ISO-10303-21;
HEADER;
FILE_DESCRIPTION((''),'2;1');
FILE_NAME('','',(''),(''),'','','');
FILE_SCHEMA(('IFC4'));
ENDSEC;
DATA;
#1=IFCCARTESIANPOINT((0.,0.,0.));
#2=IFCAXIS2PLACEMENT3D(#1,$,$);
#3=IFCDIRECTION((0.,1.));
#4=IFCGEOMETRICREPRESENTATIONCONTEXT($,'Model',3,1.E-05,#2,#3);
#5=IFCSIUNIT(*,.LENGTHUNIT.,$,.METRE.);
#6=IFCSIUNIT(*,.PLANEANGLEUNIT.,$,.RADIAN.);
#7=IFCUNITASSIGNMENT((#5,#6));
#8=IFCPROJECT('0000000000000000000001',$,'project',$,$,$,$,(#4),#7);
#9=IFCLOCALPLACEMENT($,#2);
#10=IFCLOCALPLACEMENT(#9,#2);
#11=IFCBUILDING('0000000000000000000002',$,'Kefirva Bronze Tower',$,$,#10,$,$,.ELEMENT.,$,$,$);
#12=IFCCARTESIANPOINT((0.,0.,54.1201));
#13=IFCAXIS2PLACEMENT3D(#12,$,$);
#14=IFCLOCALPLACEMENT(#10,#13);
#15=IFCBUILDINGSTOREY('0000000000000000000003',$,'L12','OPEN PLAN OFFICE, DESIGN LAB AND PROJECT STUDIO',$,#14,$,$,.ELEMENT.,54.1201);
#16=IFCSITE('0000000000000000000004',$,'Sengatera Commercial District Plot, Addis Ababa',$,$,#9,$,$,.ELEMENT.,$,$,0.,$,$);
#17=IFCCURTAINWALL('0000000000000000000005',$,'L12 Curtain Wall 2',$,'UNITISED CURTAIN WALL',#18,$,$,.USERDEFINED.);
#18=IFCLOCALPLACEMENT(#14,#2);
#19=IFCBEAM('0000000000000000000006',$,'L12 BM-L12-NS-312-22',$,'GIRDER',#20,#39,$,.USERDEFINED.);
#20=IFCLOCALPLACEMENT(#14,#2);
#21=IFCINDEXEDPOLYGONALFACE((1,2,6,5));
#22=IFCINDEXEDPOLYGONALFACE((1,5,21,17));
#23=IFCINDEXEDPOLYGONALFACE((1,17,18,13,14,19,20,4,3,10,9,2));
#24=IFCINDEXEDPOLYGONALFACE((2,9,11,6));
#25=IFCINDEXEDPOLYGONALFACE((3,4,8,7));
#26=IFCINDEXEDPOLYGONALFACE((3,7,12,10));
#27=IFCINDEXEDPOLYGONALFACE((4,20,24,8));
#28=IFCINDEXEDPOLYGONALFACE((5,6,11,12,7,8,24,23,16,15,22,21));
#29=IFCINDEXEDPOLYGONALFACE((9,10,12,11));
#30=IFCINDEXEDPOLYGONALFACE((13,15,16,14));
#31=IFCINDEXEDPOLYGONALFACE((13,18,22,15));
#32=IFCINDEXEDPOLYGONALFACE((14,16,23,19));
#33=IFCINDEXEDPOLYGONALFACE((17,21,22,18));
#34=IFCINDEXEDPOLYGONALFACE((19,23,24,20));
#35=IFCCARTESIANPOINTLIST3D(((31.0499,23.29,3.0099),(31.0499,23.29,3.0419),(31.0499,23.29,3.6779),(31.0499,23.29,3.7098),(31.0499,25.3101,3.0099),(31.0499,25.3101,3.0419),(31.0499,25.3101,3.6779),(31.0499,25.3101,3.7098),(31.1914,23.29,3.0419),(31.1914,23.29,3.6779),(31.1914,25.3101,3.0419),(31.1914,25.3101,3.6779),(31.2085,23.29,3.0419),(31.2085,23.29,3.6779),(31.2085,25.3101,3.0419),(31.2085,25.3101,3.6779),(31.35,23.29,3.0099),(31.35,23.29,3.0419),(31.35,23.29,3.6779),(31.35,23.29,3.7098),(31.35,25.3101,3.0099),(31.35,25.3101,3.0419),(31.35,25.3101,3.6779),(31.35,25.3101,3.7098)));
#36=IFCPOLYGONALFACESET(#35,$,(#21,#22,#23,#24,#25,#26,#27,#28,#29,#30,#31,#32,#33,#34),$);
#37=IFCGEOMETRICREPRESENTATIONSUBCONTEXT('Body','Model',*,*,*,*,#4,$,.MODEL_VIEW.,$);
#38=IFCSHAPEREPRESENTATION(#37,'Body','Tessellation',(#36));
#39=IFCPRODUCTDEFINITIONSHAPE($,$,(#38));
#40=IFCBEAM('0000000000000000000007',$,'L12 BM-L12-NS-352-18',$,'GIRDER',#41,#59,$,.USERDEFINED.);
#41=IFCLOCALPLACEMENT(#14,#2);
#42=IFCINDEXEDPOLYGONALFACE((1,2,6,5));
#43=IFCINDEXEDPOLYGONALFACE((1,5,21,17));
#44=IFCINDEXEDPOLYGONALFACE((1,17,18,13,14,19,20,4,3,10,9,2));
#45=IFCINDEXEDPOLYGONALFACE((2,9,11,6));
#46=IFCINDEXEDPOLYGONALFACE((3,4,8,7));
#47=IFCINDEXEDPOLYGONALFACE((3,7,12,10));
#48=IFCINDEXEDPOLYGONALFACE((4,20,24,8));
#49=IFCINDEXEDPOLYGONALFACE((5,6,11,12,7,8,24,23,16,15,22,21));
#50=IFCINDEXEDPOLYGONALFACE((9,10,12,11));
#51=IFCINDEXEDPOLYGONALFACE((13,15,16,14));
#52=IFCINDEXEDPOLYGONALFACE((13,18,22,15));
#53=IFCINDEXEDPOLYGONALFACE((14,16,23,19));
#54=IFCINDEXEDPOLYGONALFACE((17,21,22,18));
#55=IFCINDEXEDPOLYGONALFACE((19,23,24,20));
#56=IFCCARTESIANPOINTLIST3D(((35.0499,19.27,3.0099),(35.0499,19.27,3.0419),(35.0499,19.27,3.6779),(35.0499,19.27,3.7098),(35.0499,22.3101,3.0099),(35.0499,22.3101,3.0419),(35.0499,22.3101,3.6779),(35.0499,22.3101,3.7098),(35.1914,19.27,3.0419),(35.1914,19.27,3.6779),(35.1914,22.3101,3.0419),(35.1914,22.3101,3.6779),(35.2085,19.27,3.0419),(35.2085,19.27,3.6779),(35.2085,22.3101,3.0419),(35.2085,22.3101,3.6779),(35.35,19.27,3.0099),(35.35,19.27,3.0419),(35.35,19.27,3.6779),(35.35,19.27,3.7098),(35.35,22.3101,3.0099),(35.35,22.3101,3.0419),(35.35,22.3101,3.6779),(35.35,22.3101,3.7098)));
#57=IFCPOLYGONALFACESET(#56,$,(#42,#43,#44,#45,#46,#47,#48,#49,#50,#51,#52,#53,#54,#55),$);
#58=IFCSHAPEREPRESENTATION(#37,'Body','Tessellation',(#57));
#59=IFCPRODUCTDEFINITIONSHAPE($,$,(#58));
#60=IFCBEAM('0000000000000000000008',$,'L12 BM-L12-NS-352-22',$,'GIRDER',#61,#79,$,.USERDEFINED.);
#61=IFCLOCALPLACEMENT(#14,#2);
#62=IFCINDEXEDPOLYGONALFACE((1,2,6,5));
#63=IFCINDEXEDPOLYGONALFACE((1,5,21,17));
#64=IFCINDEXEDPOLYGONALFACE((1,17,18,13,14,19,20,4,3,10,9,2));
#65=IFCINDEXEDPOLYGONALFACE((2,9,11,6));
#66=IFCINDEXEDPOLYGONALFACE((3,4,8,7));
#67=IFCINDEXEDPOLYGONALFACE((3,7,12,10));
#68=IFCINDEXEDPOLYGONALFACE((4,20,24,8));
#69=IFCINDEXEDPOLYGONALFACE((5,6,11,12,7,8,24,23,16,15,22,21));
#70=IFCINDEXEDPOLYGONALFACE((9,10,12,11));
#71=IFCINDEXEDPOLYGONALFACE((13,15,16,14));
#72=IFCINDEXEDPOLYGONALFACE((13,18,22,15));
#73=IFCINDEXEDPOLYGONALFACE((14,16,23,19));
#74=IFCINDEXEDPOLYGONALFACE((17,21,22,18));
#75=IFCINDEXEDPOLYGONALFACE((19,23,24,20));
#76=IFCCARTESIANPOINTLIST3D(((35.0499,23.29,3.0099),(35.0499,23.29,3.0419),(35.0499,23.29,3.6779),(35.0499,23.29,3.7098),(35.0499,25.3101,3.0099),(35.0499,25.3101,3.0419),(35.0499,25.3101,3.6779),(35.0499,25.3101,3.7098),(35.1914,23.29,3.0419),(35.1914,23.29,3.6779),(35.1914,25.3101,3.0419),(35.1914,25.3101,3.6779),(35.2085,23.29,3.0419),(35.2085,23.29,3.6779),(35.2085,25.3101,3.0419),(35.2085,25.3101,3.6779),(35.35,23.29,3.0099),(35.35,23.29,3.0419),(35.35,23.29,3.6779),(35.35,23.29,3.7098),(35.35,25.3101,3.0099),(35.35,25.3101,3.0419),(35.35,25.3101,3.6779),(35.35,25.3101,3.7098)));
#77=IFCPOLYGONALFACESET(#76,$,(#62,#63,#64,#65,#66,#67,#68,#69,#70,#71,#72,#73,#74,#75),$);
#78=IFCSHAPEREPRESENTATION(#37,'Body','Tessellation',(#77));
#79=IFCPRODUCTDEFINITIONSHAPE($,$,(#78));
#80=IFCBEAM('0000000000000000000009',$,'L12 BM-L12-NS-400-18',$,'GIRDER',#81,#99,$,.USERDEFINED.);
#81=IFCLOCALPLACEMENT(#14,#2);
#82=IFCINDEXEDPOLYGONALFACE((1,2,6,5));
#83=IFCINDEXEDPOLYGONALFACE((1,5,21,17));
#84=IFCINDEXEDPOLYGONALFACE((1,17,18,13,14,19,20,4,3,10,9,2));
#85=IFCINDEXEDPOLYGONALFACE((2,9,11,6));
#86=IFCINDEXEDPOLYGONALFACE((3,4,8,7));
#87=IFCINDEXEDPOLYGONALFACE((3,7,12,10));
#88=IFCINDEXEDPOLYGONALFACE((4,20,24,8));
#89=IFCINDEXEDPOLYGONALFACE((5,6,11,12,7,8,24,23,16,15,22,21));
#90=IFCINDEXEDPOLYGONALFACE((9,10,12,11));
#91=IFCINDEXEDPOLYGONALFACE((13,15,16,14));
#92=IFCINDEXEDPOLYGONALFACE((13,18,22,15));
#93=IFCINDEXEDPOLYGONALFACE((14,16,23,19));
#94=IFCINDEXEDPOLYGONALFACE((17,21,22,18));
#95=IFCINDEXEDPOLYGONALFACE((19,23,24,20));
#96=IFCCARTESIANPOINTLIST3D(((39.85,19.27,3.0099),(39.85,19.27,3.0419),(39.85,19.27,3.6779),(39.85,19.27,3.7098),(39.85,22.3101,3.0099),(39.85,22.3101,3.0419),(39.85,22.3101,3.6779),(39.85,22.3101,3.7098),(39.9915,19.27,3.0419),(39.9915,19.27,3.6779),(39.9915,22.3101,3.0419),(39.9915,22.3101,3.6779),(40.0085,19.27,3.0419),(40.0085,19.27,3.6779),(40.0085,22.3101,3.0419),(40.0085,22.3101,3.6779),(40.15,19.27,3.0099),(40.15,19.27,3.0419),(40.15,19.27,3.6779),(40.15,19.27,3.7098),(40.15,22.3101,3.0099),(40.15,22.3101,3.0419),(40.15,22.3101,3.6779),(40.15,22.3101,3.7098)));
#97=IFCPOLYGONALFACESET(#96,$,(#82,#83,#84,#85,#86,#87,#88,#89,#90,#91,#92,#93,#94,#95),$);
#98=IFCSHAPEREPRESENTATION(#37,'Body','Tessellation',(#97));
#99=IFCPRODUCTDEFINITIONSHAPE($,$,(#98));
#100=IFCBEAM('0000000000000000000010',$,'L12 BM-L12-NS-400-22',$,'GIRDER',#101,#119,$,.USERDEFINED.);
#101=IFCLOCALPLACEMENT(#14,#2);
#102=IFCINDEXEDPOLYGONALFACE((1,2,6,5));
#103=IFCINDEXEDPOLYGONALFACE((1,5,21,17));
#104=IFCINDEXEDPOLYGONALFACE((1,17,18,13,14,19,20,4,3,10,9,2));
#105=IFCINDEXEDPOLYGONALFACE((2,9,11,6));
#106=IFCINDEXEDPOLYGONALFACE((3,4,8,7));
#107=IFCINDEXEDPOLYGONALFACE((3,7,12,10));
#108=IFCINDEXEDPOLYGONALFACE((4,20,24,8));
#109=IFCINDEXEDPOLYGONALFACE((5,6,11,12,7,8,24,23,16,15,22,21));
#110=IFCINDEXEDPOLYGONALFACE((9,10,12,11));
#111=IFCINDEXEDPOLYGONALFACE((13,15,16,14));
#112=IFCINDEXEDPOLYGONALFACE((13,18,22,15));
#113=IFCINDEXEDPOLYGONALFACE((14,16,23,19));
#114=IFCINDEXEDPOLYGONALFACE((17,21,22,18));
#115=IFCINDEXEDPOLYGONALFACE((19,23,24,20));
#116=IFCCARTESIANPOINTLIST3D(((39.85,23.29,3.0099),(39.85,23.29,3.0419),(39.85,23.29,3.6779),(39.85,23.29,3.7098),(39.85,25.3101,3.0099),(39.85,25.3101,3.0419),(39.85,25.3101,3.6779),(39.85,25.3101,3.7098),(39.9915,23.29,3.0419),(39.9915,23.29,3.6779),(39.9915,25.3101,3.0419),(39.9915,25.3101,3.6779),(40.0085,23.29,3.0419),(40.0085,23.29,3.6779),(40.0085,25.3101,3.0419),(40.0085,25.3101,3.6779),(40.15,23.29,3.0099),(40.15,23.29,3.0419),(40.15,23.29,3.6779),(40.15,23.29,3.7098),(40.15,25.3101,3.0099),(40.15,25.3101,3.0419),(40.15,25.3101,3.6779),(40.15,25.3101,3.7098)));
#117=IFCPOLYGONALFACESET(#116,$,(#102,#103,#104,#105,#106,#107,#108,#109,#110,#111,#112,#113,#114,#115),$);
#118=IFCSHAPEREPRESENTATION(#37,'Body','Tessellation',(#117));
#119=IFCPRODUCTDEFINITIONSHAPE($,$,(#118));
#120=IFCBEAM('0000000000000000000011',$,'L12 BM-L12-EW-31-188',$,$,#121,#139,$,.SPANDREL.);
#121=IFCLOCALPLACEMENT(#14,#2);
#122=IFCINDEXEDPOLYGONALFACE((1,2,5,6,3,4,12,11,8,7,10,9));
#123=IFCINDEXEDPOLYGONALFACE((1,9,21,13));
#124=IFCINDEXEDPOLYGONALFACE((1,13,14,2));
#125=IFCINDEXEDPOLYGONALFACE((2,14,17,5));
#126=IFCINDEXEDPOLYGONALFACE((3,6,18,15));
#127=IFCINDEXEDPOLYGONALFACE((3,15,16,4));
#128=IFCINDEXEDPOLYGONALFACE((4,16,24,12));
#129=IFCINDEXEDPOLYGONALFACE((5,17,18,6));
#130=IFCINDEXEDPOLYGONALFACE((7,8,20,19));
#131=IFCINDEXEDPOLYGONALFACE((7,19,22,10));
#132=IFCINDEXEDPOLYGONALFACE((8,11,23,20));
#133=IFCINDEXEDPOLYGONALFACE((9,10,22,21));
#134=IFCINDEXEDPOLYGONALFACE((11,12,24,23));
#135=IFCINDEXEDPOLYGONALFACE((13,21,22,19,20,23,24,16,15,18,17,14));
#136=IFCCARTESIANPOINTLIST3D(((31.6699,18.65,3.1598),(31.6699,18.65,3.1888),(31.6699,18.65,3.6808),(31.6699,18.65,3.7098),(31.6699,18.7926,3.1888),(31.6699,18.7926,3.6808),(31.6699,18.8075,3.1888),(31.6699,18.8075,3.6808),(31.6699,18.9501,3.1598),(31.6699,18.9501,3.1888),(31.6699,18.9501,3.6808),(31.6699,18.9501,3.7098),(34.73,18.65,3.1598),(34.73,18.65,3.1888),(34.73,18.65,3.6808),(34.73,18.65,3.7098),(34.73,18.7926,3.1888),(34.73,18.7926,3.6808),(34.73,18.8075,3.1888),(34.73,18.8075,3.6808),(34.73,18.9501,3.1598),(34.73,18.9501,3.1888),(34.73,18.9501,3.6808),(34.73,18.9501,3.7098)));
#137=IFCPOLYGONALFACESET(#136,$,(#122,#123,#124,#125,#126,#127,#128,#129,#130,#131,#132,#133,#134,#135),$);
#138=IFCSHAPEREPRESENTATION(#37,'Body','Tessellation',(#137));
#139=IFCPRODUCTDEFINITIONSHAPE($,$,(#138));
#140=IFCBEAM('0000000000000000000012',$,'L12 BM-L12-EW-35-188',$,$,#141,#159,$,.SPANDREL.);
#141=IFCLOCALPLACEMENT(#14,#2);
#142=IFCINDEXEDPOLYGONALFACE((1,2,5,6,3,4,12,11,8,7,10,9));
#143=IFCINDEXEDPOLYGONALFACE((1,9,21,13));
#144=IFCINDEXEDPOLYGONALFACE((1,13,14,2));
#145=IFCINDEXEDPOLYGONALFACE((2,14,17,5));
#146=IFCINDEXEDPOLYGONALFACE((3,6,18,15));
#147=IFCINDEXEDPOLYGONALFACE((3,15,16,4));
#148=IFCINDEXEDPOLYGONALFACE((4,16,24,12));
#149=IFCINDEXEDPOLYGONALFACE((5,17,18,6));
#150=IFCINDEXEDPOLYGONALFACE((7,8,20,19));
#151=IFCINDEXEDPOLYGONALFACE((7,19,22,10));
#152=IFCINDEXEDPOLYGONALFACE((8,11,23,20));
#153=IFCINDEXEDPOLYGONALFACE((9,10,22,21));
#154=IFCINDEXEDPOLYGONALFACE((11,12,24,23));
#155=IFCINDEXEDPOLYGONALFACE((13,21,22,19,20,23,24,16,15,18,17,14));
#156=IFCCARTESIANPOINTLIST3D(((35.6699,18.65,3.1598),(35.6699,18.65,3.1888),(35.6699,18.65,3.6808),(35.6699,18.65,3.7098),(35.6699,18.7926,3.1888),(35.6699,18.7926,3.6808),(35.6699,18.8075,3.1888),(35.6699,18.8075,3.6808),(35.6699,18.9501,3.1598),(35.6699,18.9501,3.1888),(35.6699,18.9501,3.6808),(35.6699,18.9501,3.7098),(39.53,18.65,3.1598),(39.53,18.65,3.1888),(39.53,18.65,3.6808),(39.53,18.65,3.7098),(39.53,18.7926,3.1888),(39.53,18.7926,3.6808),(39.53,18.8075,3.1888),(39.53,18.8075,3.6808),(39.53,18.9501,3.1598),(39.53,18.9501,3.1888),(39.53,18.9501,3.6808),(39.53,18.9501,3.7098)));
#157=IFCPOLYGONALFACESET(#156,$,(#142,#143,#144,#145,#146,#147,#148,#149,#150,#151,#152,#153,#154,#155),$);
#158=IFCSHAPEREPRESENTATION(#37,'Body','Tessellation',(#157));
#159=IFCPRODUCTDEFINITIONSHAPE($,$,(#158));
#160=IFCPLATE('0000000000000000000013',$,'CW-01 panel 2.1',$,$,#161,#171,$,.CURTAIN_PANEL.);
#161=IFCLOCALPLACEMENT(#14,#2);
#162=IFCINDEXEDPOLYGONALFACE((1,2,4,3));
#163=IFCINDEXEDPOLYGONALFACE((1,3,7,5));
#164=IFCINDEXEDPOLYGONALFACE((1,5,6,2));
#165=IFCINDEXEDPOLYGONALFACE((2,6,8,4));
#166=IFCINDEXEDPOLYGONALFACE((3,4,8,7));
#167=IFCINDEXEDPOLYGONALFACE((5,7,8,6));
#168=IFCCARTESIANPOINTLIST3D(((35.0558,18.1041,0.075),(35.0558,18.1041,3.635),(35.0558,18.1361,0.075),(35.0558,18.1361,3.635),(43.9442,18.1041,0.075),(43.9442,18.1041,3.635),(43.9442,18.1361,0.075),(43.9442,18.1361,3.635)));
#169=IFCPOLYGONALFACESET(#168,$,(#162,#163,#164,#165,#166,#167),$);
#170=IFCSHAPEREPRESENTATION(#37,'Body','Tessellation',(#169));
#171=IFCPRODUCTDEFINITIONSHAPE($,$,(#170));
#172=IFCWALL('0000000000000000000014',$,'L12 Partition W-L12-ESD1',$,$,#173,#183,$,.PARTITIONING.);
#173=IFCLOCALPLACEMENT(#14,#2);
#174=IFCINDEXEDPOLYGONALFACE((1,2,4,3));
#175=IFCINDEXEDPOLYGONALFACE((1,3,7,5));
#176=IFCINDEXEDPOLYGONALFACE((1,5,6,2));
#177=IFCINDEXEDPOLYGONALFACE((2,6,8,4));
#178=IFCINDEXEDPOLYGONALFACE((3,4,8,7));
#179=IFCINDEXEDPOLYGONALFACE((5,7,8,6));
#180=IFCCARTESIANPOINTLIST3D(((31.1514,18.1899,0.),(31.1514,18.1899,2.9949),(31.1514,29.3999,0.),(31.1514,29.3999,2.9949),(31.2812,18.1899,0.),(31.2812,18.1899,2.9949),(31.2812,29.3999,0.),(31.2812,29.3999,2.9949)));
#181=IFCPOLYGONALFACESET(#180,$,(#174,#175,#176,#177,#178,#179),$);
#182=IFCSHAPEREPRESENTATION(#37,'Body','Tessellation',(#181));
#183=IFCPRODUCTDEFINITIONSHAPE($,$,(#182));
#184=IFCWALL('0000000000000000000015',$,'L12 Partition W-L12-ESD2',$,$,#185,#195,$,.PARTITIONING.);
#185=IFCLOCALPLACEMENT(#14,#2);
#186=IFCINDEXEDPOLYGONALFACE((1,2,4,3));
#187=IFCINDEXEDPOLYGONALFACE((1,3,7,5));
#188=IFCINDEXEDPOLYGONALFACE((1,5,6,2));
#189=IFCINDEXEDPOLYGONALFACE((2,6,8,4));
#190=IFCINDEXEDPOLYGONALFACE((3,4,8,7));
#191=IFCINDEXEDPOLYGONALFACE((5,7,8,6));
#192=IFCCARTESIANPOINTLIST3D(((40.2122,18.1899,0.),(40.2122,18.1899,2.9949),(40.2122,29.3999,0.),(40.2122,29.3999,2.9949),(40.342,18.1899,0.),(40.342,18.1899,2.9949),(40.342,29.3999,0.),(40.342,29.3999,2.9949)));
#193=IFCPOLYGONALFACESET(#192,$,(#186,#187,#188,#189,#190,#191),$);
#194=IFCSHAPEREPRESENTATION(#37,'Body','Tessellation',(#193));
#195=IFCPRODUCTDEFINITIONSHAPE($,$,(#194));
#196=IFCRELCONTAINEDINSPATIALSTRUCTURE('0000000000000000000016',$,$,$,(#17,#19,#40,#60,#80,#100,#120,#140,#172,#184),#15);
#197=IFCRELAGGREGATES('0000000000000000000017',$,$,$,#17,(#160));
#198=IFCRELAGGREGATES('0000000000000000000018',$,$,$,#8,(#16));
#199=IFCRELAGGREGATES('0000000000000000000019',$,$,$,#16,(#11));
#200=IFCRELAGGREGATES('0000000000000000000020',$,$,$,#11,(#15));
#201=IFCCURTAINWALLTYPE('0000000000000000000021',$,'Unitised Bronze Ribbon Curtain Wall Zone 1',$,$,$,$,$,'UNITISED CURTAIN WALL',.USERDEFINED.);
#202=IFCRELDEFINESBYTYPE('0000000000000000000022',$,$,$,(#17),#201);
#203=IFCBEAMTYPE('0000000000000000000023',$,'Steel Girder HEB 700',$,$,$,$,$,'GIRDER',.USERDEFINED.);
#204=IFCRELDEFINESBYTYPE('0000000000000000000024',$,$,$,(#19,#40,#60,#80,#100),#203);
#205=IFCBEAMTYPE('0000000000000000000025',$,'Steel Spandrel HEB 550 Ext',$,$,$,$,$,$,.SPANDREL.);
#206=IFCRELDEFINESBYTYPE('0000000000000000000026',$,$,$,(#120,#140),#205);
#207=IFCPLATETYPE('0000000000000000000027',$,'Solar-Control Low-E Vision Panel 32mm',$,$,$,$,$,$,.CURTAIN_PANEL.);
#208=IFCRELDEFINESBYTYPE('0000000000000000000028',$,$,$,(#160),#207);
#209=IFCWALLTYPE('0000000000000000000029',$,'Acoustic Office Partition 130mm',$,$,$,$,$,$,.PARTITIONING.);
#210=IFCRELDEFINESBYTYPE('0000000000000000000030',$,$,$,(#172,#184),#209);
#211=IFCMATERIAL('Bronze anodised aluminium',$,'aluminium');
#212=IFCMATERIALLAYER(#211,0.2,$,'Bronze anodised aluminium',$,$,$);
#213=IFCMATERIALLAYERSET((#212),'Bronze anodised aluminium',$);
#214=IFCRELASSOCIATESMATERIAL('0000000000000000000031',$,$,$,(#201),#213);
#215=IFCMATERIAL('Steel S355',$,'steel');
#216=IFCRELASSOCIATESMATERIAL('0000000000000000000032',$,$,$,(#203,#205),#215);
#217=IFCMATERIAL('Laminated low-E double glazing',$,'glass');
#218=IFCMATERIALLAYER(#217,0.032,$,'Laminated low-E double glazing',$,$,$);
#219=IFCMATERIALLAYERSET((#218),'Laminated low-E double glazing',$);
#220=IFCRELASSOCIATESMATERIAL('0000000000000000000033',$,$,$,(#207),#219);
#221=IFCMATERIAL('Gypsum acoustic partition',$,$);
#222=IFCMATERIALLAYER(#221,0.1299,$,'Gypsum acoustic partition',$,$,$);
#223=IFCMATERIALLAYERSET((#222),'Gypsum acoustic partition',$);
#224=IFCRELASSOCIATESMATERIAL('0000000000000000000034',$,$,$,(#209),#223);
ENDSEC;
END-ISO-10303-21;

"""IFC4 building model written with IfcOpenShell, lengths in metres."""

from ifc_helpers import new_model, si_unit, direction, frame, frame_2d, origin, origin_2d, place, context, subcontext, project, spatial, rectangle, i_section, extrude, material, layer, layer_set, material_profile, profile_set, type_object, element, aggregate, save


model = new_model("IFC4")

# Units and contexts
model_context = context("Model", 3, precision=1e-05, world=origin(), true_north=direction((0.0, 1.0)))
body_context = subcontext(model_context, "Body", "Model", "MODEL_VIEW")
ifc_project = project(units=[si_unit("LENGTHUNIT", "METRE"), si_unit("PLANEANGLEUNIT", "RADIAN")], contexts=[model_context])

# Site, building, storey
site_placement = place(None, origin())
site = spatial("IfcSite", under=ifc_project, at=site_placement, Name="Sengatera Commercial District Plot, Addis Ababa", CompositionType="ELEMENT", RefElevation=0.0)
building_placement = place(site_placement, origin())
building = spatial("IfcBuilding", under=site, at=building_placement, Name="Kefirva Bronze Tower", CompositionType="ELEMENT")
storey_placement = place(building_placement, frame((0.0, 0.0, 54.1201)))
storey = spatial("IfcBuildingStorey", under=building, at=storey_placement, Name="L12", Description="OPEN PLAN OFFICE, DESIGN LAB AND PROJECT STUDIO", CompositionType="ELEMENT", Elevation=54.1201)

# Curtain wall
ifc_material_1 = material(Name="Bronze anodised aluminium", Category="aluminium")
ifc_layer_1 = layer(ifc_material_1, 0.2, Name="Bronze anodised aluminium")
ifc_layer_set_1 = layer_set([ifc_layer_1], Name="Bronze anodised aluminium")
curtain_wall_type = type_object("IfcCurtainWallType", Name="Unitised Bronze Ribbon Curtain Wall Zone 1", ElementType="UNITISED CURTAIN WALL", PredefinedType="USERDEFINED", material=ifc_layer_set_1)
curtain_wall_placement = place(storey_placement, origin())
curtain_wall = element("IfcCurtainWall", 1, at=curtain_wall_placement, inside=storey, type_object=curtain_wall_type, Name="L12 Curtain Wall 2", ObjectType="UNITISED CURTAIN WALL", PredefinedType="USERDEFINED")

# Beams
ifc_material_2 = material(Name="Steel S355", Category="steel")
ifc_material_profile_1 = material_profile(ifc_material_2, i_section(OverallWidth=0.3, OverallDepth=0.7, WebThickness=0.0171, FlangeThickness=0.032, at=origin_2d()), Name="HEB 700")
ifc_profile_set_1 = profile_set([ifc_material_profile_1], Name="Steel S355")
beam_type_1 = type_object("IfcBeamType", Name="Steel Girder HEB 700", ElementType="GIRDER", PredefinedType="USERDEFINED", material=ifc_profile_set_1)
beam_1_placement = place(storey_placement, frame((31.2, 23.29, 3.3599), z_axis=(0.0, 1.0, 0.0), x_axis=(-1.0, 0.0, 0.0)))
element("IfcBeam", 2, at=beam_1_placement, inside=storey, type_object=beam_type_1, Name="L12 BM-L12-NS-312-22", ObjectType="GIRDER", PredefinedType="USERDEFINED", context=body_context, shape_type="SweptSolid", body=[
    extrude(i_section(OverallWidth=0.3, OverallDepth=0.7, WebThickness=0.0171, FlangeThickness=0.032, at=origin_2d()), origin(), (0.0, 0.0, 1.0), 2.02),
])
beam_2_placement = place(storey_placement, frame((35.2, 19.27, 3.3599), z_axis=(0.0, 1.0, 0.0), x_axis=(-1.0, 0.0, 0.0)))
element("IfcBeam", 3, at=beam_2_placement, inside=storey, type_object=beam_type_1, Name="L12 BM-L12-NS-352-18", ObjectType="GIRDER", PredefinedType="USERDEFINED", context=body_context, shape_type="SweptSolid", body=[
    extrude(i_section(OverallWidth=0.3, OverallDepth=0.7, WebThickness=0.0171, FlangeThickness=0.032, at=origin_2d()), origin(), (0.0, 0.0, 1.0), 3.04),
])
beam_3_placement = place(storey_placement, frame((35.2, 23.29, 3.3599), z_axis=(0.0, 1.0, 0.0), x_axis=(-1.0, 0.0, 0.0)))
element("IfcBeam", 4, at=beam_3_placement, inside=storey, type_object=beam_type_1, Name="L12 BM-L12-NS-352-22", ObjectType="GIRDER", PredefinedType="USERDEFINED", context=body_context, shape_type="SweptSolid", body=[
    extrude(i_section(OverallWidth=0.3, OverallDepth=0.7, WebThickness=0.0171, FlangeThickness=0.032, at=origin_2d()), origin(), (0.0, 0.0, 1.0), 2.02),
])
beam_4_placement = place(storey_placement, frame((40.0, 19.27, 3.3599), z_axis=(0.0, 1.0, 0.0), x_axis=(-1.0, 0.0, 0.0)))
element("IfcBeam", 5, at=beam_4_placement, inside=storey, type_object=beam_type_1, Name="L12 BM-L12-NS-400-18", ObjectType="GIRDER", PredefinedType="USERDEFINED", context=body_context, shape_type="SweptSolid", body=[
    extrude(i_section(OverallWidth=0.3, OverallDepth=0.7, WebThickness=0.0171, FlangeThickness=0.032, at=origin_2d()), origin(), (0.0, 0.0, 1.0), 3.04),
])
beam_5_placement = place(storey_placement, frame((40.0, 23.29, 3.3599), z_axis=(0.0, 1.0, 0.0), x_axis=(-1.0, 0.0, 0.0)))
element("IfcBeam", 6, at=beam_5_placement, inside=storey, type_object=beam_type_1, Name="L12 BM-L12-NS-400-22", ObjectType="GIRDER", PredefinedType="USERDEFINED", context=body_context, shape_type="SweptSolid", body=[
    extrude(i_section(OverallWidth=0.3, OverallDepth=0.7, WebThickness=0.0171, FlangeThickness=0.032, at=origin_2d()), origin(), (0.0, 0.0, 1.0), 2.02),
])
ifc_material_profile_2 = material_profile(ifc_material_2, i_section(OverallWidth=0.3, OverallDepth=0.55, WebThickness=0.0149, FlangeThickness=0.0291, at=origin_2d()), Name="HEB 550")
ifc_profile_set_2 = profile_set([ifc_material_profile_2], Name="Steel S355")
beam_type_2 = type_object("IfcBeamType", Name="Steel Spandrel HEB 550 Ext", PredefinedType="SPANDREL", material=ifc_profile_set_2)
beam_6_placement = place(storey_placement, frame((31.6699, 18.8, 3.4348), z_axis=(1.0, 0.0, 0.0), x_axis=(0.0, 1.0, 0.0)))
element("IfcBeam", 7, at=beam_6_placement, inside=storey, type_object=beam_type_2, Name="L12 BM-L12-EW-31-188", PredefinedType="SPANDREL", context=body_context, shape_type="SweptSolid", body=[
    extrude(i_section(OverallWidth=0.3, OverallDepth=0.55, WebThickness=0.0149, FlangeThickness=0.0291, at=origin_2d()), origin(), (0.0, 0.0, 1.0), 3.0601),
])
beam_7_placement = place(storey_placement, frame((35.6699, 18.8, 3.4348), z_axis=(1.0, 0.0, 0.0), x_axis=(0.0, 1.0, 0.0)))
element("IfcBeam", 8, at=beam_7_placement, inside=storey, type_object=beam_type_2, Name="L12 BM-L12-EW-35-188", PredefinedType="SPANDREL", context=body_context, shape_type="SweptSolid", body=[
    extrude(i_section(OverallWidth=0.3, OverallDepth=0.55, WebThickness=0.0149, FlangeThickness=0.0291, at=origin_2d()), origin(), (0.0, 0.0, 1.0), 3.8601),
])

# Plate
ifc_material_3 = material(Name="Laminated low-E double glazing", Category="glass")
ifc_layer_2 = layer(ifc_material_3, 0.032, Name="Laminated low-E double glazing")
ifc_layer_set_2 = layer_set([ifc_layer_2], Name="Laminated low-E double glazing")
plate_type = type_object("IfcPlateType", Name="Solar-Control Low-E Vision Panel 32mm", PredefinedType="CURTAIN_PANEL", material=ifc_layer_set_2)
plate_placement = place(storey_placement, frame((39.5, 18.1201, 0.075), z_axis=(0.0, 0.0, 1.0), x_axis=(1.0, 0.0, 0.0)))
plate = element("IfcPlate", 9, at=plate_placement, type_object=plate_type, Name="CW-01 panel 2.1", PredefinedType="CURTAIN_PANEL", context=body_context, shape_type="SweptSolid", body=[
    extrude(rectangle(XDim=8.8884, YDim=0.032, at=origin_2d()), origin(), (0.0, 0.0, 1.0), 3.5601),
])
aggregate(curtain_wall, [plate])

# Walls
ifc_material_4 = material(Name="Gypsum acoustic partition")
ifc_layer_3 = layer(ifc_material_4, 0.1299, Name="Gypsum acoustic partition")
ifc_layer_set_3 = layer_set([ifc_layer_3], Name="Gypsum acoustic partition")
wall_type = type_object("IfcWallType", Name="Acoustic Office Partition 130mm", PredefinedType="PARTITIONING", material=ifc_layer_set_3)
for number, where, z_axis, x_axis, name in (
    (10, (31.2163, 18.1899, 0.0), (0.0, 0.0, 1.0), (0.0, 1.0, 0.0), "L12 Partition W-L12-ESD1"),
    (11, (40.2771, 18.1899, 0.0), (0.0, 0.0, 1.0), (0.0, 1.0, 0.0), "L12 Partition W-L12-ESD2"),
):
    element("IfcWall", number, at=place(storey_placement, frame(where, z_axis=z_axis, x_axis=x_axis)), inside=storey, type_object=wall_type, Name=name, PredefinedType="PARTITIONING", context=body_context, shape_type="SweptSolid", body=[
        extrude(rectangle(XDim=11.21, YDim=0.1299, at=frame_2d((5.605, 0.0))), origin(), (0.0, 0.0, 1.0), 2.9949),
    ])

save(model, "model.ifc")
